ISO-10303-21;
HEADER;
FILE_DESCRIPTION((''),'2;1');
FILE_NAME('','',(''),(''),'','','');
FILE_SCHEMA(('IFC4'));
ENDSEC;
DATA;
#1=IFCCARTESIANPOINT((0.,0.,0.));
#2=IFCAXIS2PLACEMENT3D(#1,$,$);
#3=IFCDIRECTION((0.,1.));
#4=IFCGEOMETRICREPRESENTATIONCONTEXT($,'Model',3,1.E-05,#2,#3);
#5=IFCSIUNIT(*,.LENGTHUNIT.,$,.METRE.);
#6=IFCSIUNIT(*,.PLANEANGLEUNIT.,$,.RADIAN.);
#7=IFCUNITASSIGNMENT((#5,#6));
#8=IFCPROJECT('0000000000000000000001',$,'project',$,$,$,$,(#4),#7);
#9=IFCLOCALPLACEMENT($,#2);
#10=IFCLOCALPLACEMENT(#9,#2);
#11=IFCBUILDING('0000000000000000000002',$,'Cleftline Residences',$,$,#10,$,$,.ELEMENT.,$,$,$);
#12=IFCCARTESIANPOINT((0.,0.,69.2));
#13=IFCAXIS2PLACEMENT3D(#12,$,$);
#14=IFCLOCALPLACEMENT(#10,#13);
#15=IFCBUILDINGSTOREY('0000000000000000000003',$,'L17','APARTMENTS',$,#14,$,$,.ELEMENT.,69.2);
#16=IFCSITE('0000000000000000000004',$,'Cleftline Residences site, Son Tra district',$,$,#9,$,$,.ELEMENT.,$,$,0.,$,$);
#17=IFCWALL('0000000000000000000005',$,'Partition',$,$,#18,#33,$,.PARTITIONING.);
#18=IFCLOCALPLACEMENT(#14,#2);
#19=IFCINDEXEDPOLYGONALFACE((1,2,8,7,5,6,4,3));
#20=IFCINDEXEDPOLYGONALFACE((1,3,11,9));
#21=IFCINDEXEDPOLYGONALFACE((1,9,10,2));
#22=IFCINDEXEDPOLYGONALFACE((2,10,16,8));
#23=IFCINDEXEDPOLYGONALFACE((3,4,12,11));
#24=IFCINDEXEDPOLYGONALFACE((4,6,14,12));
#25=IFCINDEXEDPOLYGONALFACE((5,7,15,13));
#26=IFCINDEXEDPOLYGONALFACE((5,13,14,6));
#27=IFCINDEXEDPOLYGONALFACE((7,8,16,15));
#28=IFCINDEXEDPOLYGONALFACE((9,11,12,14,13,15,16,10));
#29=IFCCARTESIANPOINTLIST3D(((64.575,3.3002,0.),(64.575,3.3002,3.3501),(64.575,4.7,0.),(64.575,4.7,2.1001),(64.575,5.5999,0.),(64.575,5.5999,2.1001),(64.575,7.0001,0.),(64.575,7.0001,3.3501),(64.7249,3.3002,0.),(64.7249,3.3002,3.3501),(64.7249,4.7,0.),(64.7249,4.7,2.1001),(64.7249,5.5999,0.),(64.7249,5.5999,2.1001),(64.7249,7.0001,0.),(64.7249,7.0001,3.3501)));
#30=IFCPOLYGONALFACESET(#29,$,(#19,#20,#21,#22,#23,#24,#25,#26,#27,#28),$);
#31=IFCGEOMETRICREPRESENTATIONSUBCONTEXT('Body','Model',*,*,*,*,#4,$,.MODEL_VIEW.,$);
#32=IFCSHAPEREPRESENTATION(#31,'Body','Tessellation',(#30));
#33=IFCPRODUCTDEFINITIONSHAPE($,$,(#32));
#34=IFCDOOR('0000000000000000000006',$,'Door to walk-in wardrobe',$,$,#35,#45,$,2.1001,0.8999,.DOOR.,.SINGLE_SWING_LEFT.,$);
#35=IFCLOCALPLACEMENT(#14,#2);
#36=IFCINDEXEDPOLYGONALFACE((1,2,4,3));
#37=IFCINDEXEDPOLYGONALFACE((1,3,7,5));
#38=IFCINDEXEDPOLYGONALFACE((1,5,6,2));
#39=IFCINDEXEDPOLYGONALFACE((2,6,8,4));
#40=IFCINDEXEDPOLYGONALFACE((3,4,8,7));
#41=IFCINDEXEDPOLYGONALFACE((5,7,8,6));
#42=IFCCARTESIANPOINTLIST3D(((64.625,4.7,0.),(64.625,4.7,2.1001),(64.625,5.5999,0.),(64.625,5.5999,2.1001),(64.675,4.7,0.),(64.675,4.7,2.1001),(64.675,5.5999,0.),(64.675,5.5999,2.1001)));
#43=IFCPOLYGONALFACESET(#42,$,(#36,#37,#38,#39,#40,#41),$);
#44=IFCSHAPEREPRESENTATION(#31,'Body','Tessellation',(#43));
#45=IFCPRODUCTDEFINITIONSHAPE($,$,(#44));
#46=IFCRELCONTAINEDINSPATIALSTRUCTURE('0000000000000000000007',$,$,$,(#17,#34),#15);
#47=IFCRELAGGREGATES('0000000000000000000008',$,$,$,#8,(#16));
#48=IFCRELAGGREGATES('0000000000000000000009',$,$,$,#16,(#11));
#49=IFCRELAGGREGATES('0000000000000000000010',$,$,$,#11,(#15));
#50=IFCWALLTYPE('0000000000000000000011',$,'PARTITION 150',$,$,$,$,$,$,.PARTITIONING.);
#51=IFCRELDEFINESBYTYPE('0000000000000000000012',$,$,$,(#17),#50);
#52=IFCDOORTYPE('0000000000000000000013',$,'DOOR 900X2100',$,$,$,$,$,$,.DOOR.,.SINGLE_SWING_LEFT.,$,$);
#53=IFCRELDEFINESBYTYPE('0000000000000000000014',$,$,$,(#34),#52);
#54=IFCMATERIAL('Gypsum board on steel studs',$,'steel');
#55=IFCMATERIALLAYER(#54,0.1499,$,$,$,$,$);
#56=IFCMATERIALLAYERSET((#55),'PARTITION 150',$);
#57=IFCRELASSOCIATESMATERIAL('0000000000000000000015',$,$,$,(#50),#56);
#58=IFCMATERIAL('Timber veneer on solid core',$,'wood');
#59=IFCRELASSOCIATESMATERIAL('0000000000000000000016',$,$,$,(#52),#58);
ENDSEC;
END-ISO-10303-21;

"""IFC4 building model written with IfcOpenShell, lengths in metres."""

from ifc_helpers import new_model, si_unit, direction, frame, frame_2d, origin, place, context, subcontext, project, spatial, rectangle, extrude, material, layer, layer_set, type_object, element, fill, save


model = new_model("IFC4")

# Units and contexts
model_context = context("Model", 3, precision=1e-05, world=origin(), true_north=direction((0.0, 1.0)))
body_context = subcontext(model_context, "Body", "Model", "MODEL_VIEW")
ifc_project = project(units=[si_unit("LENGTHUNIT", "METRE"), si_unit("PLANEANGLEUNIT", "RADIAN")], contexts=[model_context])

# Site, building, storey
site_placement = place(None, origin())
site = spatial("IfcSite", under=ifc_project, at=site_placement, Name="Cleftline Residences site, Son Tra district", CompositionType="ELEMENT", RefElevation=0.0)
building_placement = place(site_placement, origin())
building = spatial("IfcBuilding", under=site, at=building_placement, Name="Cleftline Residences", CompositionType="ELEMENT")
storey_placement = place(building_placement, frame((0.0, 0.0, 69.2)))
storey = spatial("IfcBuildingStorey", under=building, at=storey_placement, Name="L17", Description="APARTMENTS", CompositionType="ELEMENT", Elevation=69.2)

# Wall, opening, door
ifc_material_1 = material(Name="Gypsum board on steel studs", Category="steel")
ifc_layer_1 = layer(ifc_material_1, 0.1499)
ifc_layer_set_1 = layer_set([ifc_layer_1], Name="PARTITION 150")
wall_type_1 = type_object("IfcWallType", Name="PARTITION 150", PredefinedType="PARTITIONING", material=ifc_layer_set_1)
wall_1_placement = place(storey_placement, frame((64.6499, 3.3, 0.0), z_axis=(0.0, 0.0, 1.0), x_axis=(0.0, 1.0, 0.0)))
wall_1 = element("IfcWall", 1, at=wall_1_placement, inside=storey, type_object=wall_type_1, Name="Partition", PredefinedType="PARTITIONING", context=body_context, shape_type="SweptSolid", body=[
    extrude(rectangle(XDim=3.7, YDim=0.1499, at=frame_2d((1.8501, 0.0))), origin(), (0.0, 0.0, 1.0), 3.3501),
])
opening_1_placement = place(wall_1_placement, frame((1.3999, 0.0, 0.0)))
opening_1 = element("IfcOpeningElement", 2, at=opening_1_placement, cuts=wall_1, PredefinedType="OPENING", context=body_context, shape_type="SweptSolid", body=[
    extrude(rectangle(XDim=0.8999, YDim=2.1001, at=frame_2d((0.45, 1.05))), frame((0.0, 0.085, 0.0), z_axis=(0.0, -1.0, 0.0), x_axis=(1.0, 0.0, 0.0)), (0.0, 0.0, 1.0), 0.1699),
])
ifc_material_2 = material(Name="Timber veneer on solid core", Category="wood")
door_type = type_object("IfcDoorType", Name="DOOR 900X2100", OperationType="SINGLE_SWING_LEFT", PredefinedType="DOOR", material=ifc_material_2)
door_placement = place(opening_1_placement, origin())
door = element("IfcDoor", 3, at=door_placement, inside=storey, type_object=door_type, Name="Door to walk-in wardrobe", OperationType="SINGLE_SWING_LEFT", OverallHeight=2.1001, OverallWidth=0.8999, PredefinedType="DOOR", context=body_context, shape_type="SweptSolid", body=[
    extrude(rectangle(XDim=0.8999, YDim=2.1001, at=frame_2d((0.45, 1.05))), frame((0.0, 0.0249, 0.0), z_axis=(0.0, -1.0, 0.0), x_axis=(1.0, 0.0, 0.0)), (0.0, 0.0, 1.0), 0.05),
])
fill(opening_1, door)

save(model, "model.ifc")
